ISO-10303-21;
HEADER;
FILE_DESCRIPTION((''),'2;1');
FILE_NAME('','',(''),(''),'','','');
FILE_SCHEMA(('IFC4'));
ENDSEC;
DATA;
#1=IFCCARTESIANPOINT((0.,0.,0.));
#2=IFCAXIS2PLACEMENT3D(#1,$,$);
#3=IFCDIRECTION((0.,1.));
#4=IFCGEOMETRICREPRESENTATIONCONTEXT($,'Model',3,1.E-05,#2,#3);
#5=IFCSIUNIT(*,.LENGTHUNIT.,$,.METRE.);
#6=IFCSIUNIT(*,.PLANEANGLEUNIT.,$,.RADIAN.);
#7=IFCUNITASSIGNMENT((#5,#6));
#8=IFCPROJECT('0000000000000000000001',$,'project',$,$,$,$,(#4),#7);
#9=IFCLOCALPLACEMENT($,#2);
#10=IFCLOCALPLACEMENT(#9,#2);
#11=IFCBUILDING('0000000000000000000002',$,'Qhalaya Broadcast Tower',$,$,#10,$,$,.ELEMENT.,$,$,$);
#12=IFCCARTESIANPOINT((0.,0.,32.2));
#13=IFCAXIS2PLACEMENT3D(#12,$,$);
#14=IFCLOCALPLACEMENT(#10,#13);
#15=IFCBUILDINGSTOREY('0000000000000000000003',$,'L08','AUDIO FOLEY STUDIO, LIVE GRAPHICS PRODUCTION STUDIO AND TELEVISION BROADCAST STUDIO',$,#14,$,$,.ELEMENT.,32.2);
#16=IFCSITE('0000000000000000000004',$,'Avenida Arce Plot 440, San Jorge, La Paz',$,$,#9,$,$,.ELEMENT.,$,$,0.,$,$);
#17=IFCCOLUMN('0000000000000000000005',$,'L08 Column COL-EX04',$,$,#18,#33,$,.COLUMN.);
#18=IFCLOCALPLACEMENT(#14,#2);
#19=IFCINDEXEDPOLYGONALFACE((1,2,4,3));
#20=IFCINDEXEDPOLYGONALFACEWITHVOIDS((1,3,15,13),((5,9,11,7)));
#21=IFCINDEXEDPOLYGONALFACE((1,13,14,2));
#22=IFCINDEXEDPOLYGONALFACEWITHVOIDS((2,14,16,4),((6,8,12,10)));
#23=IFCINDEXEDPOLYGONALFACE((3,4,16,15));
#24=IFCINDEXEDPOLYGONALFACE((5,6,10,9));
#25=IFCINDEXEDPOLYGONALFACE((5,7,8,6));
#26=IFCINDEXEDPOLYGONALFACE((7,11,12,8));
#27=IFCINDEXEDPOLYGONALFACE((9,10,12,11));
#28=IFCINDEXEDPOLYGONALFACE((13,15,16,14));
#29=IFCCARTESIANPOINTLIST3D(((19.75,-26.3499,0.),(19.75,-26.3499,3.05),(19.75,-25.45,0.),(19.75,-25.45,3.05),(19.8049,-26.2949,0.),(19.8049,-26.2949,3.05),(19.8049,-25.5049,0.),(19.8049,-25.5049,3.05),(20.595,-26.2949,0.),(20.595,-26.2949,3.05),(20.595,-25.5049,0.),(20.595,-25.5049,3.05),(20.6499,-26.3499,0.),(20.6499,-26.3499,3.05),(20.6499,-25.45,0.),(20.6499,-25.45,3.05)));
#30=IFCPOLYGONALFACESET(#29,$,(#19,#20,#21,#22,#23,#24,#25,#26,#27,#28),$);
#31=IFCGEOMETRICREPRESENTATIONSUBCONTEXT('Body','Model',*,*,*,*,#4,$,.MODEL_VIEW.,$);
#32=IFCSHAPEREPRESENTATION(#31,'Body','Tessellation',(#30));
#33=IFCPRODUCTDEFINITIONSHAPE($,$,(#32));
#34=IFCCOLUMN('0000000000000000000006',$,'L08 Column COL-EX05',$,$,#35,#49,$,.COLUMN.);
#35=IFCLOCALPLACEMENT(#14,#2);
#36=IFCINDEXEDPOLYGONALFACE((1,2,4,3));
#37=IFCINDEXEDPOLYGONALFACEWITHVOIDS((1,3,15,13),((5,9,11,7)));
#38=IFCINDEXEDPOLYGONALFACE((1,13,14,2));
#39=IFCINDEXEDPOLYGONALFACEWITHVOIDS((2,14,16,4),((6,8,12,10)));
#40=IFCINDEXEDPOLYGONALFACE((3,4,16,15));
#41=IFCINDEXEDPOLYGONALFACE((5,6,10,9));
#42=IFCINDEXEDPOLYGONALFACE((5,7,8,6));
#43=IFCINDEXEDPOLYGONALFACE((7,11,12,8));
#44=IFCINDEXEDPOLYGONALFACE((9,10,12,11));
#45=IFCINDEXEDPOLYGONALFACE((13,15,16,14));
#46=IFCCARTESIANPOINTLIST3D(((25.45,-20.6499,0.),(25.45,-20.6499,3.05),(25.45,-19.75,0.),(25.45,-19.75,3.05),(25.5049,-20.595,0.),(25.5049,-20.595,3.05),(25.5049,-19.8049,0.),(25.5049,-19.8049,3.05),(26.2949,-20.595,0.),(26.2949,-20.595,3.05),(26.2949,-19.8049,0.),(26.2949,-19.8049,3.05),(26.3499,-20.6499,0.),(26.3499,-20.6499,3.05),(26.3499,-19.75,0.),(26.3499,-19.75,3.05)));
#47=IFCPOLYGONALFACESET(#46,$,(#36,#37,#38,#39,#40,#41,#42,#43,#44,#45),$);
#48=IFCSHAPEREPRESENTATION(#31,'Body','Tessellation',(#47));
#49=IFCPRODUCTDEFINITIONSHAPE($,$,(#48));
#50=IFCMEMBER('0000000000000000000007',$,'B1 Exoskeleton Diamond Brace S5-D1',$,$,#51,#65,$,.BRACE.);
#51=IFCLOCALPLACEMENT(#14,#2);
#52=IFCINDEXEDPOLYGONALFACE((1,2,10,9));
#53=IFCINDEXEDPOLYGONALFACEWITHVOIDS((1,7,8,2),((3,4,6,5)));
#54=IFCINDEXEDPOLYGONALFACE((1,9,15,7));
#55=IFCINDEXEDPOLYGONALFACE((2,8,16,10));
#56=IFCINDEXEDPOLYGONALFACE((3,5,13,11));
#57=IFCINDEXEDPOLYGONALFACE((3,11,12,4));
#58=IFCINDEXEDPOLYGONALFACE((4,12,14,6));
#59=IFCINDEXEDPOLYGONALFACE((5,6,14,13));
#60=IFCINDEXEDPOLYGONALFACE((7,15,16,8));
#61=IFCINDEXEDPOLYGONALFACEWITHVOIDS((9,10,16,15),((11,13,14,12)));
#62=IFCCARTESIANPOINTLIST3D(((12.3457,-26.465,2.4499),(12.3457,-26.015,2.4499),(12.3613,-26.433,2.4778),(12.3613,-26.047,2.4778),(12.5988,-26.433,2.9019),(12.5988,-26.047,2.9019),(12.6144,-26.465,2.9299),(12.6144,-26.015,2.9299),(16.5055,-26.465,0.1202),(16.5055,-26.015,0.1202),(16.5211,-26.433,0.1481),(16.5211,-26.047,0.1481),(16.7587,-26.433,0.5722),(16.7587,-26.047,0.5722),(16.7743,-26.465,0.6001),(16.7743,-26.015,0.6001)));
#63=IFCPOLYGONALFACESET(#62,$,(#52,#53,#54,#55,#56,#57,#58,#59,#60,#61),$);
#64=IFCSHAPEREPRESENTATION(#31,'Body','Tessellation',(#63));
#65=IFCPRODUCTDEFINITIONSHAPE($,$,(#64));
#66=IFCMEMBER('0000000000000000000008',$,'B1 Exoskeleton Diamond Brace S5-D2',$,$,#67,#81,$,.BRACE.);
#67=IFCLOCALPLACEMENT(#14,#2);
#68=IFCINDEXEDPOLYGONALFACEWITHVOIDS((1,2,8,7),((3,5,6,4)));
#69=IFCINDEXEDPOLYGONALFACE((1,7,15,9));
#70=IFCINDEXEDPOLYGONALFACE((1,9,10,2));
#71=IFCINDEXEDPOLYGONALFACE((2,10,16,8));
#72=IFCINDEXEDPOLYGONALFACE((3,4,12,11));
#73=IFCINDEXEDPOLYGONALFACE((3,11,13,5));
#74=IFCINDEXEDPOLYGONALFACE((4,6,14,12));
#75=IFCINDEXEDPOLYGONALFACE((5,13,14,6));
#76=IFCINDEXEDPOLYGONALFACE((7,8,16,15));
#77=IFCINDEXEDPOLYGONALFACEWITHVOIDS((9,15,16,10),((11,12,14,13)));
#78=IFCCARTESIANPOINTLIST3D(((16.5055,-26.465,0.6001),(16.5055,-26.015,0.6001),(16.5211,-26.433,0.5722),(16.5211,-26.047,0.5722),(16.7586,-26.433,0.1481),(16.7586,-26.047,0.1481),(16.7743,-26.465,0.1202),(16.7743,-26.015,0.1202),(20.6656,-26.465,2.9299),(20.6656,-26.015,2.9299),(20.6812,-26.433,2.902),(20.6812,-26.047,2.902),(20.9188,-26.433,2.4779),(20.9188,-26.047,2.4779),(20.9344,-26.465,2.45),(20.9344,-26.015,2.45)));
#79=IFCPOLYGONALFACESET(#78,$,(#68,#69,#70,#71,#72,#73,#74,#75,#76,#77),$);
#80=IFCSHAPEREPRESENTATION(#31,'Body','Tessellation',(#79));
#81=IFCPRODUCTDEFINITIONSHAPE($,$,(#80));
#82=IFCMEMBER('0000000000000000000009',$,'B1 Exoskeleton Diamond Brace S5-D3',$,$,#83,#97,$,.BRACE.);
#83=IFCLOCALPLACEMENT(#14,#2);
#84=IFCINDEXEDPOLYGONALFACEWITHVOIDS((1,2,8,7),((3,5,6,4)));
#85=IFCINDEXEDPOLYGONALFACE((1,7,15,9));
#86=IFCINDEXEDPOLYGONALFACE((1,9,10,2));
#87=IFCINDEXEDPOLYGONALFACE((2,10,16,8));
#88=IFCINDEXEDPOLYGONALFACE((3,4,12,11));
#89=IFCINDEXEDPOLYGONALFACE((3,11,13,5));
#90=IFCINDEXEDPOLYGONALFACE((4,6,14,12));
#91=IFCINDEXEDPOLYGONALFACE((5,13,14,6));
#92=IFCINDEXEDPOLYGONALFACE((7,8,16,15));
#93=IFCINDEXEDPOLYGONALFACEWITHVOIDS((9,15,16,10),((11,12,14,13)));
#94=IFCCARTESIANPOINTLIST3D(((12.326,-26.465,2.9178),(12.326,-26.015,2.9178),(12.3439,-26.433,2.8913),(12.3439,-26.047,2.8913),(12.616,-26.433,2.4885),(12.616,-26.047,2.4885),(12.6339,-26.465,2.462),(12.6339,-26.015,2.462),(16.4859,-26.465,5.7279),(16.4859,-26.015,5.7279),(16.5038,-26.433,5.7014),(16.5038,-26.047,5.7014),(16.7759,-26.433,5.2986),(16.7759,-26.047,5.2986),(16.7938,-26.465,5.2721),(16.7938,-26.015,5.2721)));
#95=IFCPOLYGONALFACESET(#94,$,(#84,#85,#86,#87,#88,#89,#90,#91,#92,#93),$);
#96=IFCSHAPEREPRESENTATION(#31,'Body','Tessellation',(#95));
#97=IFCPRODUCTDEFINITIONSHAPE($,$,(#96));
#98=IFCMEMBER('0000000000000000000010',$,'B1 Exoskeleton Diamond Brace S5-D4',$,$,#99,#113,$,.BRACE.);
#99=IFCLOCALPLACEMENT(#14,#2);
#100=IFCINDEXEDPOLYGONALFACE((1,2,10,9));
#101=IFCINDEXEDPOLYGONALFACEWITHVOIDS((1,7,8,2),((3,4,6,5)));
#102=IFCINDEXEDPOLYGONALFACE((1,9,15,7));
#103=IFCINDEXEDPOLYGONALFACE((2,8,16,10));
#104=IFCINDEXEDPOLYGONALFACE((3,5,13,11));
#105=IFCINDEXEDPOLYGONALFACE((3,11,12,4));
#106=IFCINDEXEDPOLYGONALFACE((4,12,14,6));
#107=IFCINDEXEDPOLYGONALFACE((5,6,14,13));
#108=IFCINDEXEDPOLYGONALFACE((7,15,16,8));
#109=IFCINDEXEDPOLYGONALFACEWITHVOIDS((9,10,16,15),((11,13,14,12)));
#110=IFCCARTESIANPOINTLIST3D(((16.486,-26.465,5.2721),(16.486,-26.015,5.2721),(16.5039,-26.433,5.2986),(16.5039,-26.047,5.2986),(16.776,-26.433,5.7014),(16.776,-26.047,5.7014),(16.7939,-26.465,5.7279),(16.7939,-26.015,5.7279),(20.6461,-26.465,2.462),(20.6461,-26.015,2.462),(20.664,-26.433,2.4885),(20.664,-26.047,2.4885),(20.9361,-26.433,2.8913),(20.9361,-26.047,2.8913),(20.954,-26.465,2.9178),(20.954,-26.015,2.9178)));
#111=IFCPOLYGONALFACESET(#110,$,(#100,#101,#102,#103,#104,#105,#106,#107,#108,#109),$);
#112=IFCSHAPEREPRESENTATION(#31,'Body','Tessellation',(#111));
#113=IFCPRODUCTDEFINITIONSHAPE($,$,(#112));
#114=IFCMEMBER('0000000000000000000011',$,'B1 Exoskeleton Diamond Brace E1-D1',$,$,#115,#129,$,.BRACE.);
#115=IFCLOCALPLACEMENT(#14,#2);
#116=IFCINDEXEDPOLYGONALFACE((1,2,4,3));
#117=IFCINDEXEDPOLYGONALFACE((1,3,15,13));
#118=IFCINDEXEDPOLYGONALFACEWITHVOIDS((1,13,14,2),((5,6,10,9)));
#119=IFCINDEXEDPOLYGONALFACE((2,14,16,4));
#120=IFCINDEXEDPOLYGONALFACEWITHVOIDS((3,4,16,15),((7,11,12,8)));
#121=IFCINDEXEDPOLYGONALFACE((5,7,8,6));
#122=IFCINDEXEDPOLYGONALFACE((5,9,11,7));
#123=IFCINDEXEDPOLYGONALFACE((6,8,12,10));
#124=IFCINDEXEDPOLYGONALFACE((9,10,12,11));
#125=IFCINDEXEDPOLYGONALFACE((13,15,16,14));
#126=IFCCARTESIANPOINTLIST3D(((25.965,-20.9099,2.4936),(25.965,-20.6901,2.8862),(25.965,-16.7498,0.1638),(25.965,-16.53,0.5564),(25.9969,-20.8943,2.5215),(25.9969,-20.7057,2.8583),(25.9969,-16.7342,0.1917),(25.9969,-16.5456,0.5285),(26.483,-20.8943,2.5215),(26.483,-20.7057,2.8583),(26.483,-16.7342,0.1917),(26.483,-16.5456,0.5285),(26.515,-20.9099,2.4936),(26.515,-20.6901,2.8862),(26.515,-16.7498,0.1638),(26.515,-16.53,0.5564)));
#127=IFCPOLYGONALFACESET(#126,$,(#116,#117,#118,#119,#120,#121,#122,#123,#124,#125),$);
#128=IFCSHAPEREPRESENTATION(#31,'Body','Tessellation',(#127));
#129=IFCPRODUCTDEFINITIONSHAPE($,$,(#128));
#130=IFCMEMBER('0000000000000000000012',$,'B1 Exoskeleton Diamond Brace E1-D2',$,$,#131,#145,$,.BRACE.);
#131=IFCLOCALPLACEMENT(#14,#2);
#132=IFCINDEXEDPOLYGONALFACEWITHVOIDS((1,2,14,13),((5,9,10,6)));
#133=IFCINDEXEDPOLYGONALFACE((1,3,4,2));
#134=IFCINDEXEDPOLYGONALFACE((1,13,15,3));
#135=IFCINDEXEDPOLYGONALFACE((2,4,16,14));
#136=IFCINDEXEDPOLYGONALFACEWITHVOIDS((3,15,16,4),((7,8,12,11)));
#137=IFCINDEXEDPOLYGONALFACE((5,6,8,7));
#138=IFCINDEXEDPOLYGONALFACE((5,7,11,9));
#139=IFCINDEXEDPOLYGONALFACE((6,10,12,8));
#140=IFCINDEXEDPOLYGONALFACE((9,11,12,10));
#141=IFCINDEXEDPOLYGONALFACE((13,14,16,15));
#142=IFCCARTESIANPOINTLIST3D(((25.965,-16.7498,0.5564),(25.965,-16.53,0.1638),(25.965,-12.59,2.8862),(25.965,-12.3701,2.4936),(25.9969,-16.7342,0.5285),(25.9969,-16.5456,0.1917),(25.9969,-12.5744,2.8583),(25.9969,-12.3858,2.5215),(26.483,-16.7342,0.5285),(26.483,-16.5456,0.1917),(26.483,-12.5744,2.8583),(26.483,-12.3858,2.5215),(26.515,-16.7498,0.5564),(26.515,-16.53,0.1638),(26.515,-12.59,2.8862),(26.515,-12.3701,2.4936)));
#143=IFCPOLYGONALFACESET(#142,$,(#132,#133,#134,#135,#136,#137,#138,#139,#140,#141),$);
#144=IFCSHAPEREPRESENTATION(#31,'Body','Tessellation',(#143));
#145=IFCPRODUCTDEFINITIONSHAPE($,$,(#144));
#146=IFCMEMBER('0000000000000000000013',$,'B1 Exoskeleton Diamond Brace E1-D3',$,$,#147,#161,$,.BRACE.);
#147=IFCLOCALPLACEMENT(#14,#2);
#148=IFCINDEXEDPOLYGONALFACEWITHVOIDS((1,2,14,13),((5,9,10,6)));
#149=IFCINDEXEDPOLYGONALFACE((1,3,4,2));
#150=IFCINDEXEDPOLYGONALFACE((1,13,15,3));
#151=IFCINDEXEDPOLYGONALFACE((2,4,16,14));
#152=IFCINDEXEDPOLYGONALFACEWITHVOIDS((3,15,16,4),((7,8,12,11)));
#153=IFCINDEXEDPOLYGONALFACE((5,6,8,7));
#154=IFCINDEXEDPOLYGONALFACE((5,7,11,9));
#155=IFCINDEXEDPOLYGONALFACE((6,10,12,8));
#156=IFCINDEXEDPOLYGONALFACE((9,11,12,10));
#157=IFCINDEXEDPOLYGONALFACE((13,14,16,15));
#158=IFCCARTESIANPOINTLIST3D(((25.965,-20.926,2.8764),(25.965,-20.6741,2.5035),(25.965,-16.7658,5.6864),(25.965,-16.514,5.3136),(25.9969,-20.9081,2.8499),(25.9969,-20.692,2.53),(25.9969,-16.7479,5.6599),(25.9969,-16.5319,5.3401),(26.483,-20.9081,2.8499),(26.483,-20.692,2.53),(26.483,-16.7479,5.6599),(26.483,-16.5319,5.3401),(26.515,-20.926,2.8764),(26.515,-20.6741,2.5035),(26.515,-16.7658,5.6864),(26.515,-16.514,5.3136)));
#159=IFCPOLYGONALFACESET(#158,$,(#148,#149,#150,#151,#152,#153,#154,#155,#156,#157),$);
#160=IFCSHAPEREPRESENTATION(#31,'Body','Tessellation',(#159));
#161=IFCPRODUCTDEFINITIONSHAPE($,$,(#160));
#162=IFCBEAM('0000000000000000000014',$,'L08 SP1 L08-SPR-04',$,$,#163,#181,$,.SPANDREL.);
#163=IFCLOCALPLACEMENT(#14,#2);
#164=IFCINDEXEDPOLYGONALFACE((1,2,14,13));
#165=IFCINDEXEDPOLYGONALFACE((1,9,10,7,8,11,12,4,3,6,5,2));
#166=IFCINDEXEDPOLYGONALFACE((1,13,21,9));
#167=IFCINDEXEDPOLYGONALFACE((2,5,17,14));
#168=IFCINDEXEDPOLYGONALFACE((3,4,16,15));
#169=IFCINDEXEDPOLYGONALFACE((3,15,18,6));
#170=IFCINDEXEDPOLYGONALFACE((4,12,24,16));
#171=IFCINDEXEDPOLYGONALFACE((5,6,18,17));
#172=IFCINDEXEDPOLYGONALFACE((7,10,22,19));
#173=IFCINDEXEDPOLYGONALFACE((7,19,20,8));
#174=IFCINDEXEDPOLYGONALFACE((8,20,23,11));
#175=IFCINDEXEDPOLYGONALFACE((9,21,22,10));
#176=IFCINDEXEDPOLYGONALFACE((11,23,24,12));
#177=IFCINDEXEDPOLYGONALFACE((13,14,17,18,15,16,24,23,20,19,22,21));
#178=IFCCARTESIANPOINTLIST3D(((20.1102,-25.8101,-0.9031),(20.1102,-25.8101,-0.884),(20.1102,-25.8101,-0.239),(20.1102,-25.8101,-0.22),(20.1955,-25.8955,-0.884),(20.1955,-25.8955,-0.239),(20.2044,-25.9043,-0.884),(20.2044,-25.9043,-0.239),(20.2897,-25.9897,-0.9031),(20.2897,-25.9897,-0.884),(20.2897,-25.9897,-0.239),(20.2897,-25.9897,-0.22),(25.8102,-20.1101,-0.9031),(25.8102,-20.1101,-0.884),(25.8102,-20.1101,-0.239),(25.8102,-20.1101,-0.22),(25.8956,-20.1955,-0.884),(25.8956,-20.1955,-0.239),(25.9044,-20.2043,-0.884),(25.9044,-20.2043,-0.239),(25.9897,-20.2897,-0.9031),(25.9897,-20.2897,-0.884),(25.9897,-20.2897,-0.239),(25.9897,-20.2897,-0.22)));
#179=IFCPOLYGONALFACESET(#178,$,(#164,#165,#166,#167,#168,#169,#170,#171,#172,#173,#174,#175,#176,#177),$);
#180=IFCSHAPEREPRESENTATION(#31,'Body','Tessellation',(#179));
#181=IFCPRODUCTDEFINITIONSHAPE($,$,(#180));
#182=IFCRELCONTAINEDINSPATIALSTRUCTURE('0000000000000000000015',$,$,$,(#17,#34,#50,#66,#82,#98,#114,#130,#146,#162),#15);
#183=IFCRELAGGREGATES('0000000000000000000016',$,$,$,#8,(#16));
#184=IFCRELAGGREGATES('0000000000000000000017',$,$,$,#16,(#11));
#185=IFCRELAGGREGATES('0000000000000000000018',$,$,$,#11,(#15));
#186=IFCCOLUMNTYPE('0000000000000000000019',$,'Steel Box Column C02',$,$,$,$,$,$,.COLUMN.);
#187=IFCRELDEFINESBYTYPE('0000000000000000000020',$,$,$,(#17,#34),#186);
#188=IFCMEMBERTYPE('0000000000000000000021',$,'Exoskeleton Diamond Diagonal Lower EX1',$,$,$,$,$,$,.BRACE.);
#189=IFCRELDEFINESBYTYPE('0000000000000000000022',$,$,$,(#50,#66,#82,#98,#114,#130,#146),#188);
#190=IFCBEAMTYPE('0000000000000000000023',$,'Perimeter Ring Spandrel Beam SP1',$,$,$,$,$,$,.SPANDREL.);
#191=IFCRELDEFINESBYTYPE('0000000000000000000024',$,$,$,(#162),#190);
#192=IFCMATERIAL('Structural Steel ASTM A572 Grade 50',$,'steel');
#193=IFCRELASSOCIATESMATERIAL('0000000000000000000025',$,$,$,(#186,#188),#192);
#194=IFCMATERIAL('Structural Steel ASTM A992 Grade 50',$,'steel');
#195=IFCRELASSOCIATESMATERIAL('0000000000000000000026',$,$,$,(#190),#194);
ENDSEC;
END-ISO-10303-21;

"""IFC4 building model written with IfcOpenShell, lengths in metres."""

from ifc_helpers import new_model, si_unit, direction, frame, origin, origin_2d, place, context, subcontext, project, spatial, hollow_rectangle, i_section, extrude, material, material_profile, profile_set, type_object, element, save


model = new_model("IFC4")

# Units and contexts
model_context = context("Model", 3, precision=1e-05, world=origin(), true_north=direction((0.0, 1.0)))
body_context = subcontext(model_context, "Body", "Model", "MODEL_VIEW")
ifc_project = project(units=[si_unit("LENGTHUNIT", "METRE"), si_unit("PLANEANGLEUNIT", "RADIAN")], contexts=[model_context])

# Site, building, storey
site_placement = place(None, origin())
site = spatial("IfcSite", under=ifc_project, at=site_placement, Name="Avenida Arce Plot 440, San Jorge, La Paz", CompositionType="ELEMENT", RefElevation=0.0)
building_placement = place(site_placement, origin())
building = spatial("IfcBuilding", under=site, at=building_placement, Name="Qhalaya Broadcast Tower", CompositionType="ELEMENT")
storey_placement = place(building_placement, frame((0.0, 0.0, 32.2)))
storey = spatial("IfcBuildingStorey", under=building, at=storey_placement, Name="L08", Description="AUDIO FOLEY STUDIO, LIVE GRAPHICS PRODUCTION STUDIO AND TELEVISION BROADCAST STUDIO", CompositionType="ELEMENT", Elevation=32.2)

# Columns
ifc_material_1 = material(Name="Structural Steel ASTM A572 Grade 50", Category="steel")
ifc_material_profile_1 = material_profile(ifc_material_1, hollow_rectangle(XDim=0.8999, YDim=0.8999, WallThickness=0.0549, at=origin_2d()), Name="BOX 900x900x55")
ifc_profile_set_1 = profile_set([ifc_material_profile_1], Name="Structural Steel ASTM A572 Grade 50")
column_type = type_object("IfcColumnType", Name="Steel Box Column C02", PredefinedType="COLUMN", material=ifc_profile_set_1)
for number, where, z_axis, x_axis, name in (
    (1, (20.2, -25.8999, 0.0), (0.0, 0.0, 1.0), (1.0, 0.0, 0.0), "L08 Column COL-EX04"),
    (2, (25.8999, -20.2, 0.0), (0.0, 0.0, 1.0), (0.0, 1.0, 0.0), "L08 Column COL-EX05"),
):
    element("IfcColumn", number, at=place(storey_placement, frame(where, z_axis=z_axis, x_axis=x_axis)), inside=storey, type_object=column_type, Name=name, PredefinedType="COLUMN", context=body_context, shape_type="SweptSolid", body=[
        extrude(hollow_rectangle(XDim=0.8999, YDim=0.8999, WallThickness=0.0549, at=origin_2d()), origin(), (0.0, 0.0, 1.0), 3.05),
    ])

# Members
ifc_material_profile_2 = material_profile(ifc_material_1, hollow_rectangle(XDim=0.45, YDim=0.55, WallThickness=0.032, at=origin_2d()), Name="BOX 450x550x32")
ifc_profile_set_2 = profile_set([ifc_material_profile_2], Name="Structural Steel ASTM A572 Grade 50")
member_type = type_object("IfcMemberType", Name="Exoskeleton Diamond Diagonal Lower EX1", PredefinedType="BRACE", material=ifc_profile_set_2)
member_1_placement = place(storey_placement, frame((16.6399, -26.24, 0.3601), z_axis=(-0.872481, 0.0, 0.488649), x_axis=(0.0, -1.0, 0.0)))
element("IfcMember", 3, at=member_1_placement, inside=storey, type_object=member_type, Name="B1 Exoskeleton Diamond Brace S5-D1", PredefinedType="BRACE", context=body_context, shape_type="SweptSolid", body=[
    extrude(hollow_rectangle(XDim=0.45, YDim=0.55, WallThickness=0.032, at=origin_2d()), origin(), (0.0, 0.0, 1.0), 4.7678),
])
member_2_placement = place(storey_placement, frame((16.6399, -26.24, 0.3601), z_axis=(0.872493, 0.0, 0.488627), x_axis=(0.0, 1.0, 0.0)))
element("IfcMember", 4, at=member_2_placement, inside=storey, type_object=member_type, Name="B1 Exoskeleton Diamond Brace S5-D2", PredefinedType="BRACE", context=body_context, shape_type="SweptSolid", body=[
    extrude(hollow_rectangle(XDim=0.45, YDim=0.55, WallThickness=0.032, at=origin_2d()), origin(), (0.0, 0.0, 1.0), 4.7681),
])
member_3_placement = place(storey_placement, frame((12.48, -26.24, 2.6899), z_axis=(0.828653, 0.0, 0.559763), x_axis=(0.0, 1.0, 0.0)))
element("IfcMember", 5, at=member_3_placement, inside=storey, type_object=member_type, Name="B1 Exoskeleton Diamond Brace S5-D3", PredefinedType="BRACE", context=body_context, shape_type="SweptSolid", body=[
    extrude(hollow_rectangle(XDim=0.45, YDim=0.55, WallThickness=0.032, at=origin_2d()), origin(), (0.0, 0.0, 1.0), 5.02),
])
member_4_placement = place(storey_placement, frame((20.8, -26.24, 2.6899), z_axis=(-0.828668, 0.0, 0.55974), x_axis=(0.0, -1.0, 0.0)))
element("IfcMember", 6, at=member_4_placement, inside=storey, type_object=member_type, Name="B1 Exoskeleton Diamond Brace S5-D4", PredefinedType="BRACE", context=body_context, shape_type="SweptSolid", body=[
    extrude(hollow_rectangle(XDim=0.45, YDim=0.55, WallThickness=0.032, at=origin_2d()), origin(), (0.0, 0.0, 1.0), 5.0203),
])
member_5_placement = place(storey_placement, frame((26.24, -16.6399, 0.3601), z_axis=(0.0, -0.872493, 0.488627), x_axis=(0.0, 0.488627, 0.872493)))
element("IfcMember", 7, at=member_5_placement, inside=storey, type_object=member_type, Name="B1 Exoskeleton Diamond Brace E1-D1", PredefinedType="BRACE", context=body_context, shape_type="SweptSolid", body=[
    extrude(hollow_rectangle(XDim=0.45, YDim=0.55, WallThickness=0.032, at=origin_2d()), origin(), (0.0, 0.0, 1.0), 4.7681),
])
member_6_placement = place(storey_placement, frame((26.24, -16.6399, 0.3601), z_axis=(0.0, 0.872481, 0.488649), x_axis=(0.0, -0.488649, 0.872481)))
element("IfcMember", 8, at=member_6_placement, inside=storey, type_object=member_type, Name="B1 Exoskeleton Diamond Brace E1-D2", PredefinedType="BRACE", context=body_context, shape_type="SweptSolid", body=[
    extrude(hollow_rectangle(XDim=0.45, YDim=0.55, WallThickness=0.032, at=origin_2d()), origin(), (0.0, 0.0, 1.0), 4.7678),
])
member_7_placement = place(storey_placement, frame((26.24, -20.8, 2.6899), z_axis=(0.0, 0.828668, 0.55974), x_axis=(0.0, -0.55974, 0.828668)))
element("IfcMember", 9, at=member_7_placement, inside=storey, type_object=member_type, Name="B1 Exoskeleton Diamond Brace E1-D3", PredefinedType="BRACE", context=body_context, shape_type="SweptSolid", body=[
    extrude(hollow_rectangle(XDim=0.45, YDim=0.55, WallThickness=0.032, at=origin_2d()), origin(), (0.0, 0.0, 1.0), 5.0203),
])

# Beam
ifc_material_2 = material(Name="Structural Steel ASTM A992 Grade 50", Category="steel")
ifc_material_profile_3 = material_profile(ifc_material_2, i_section(OverallWidth=0.2539, OverallDepth=0.6831, WebThickness=0.0125, FlangeThickness=0.019, at=origin_2d()), Name="W27X94")
ifc_profile_set_3 = profile_set([ifc_material_profile_3], Name="Structural Steel ASTM A992 Grade 50")
beam_type = type_object("IfcBeamType", Name="Perimeter Ring Spandrel Beam SP1", PredefinedType="SPANDREL", material=ifc_profile_set_3)
beam_1_placement = place(storey_placement, frame((20.2, -25.8999, -0.5615), z_axis=(0.707107, 0.707107, 0.0), x_axis=(-0.707107, 0.707107, 0.0)))
element("IfcBeam", 10, at=beam_1_placement, inside=storey, type_object=beam_type, Name="L08 SP1 L08-SPR-04", PredefinedType="SPANDREL", context=body_context, shape_type="SweptSolid", body=[
    extrude(i_section(OverallWidth=0.2539, OverallDepth=0.6831, WebThickness=0.0125, FlangeThickness=0.019, at=origin_2d()), origin(), (0.0, 0.0, 1.0), 8.061),
])

save(model, "model.ifc")
